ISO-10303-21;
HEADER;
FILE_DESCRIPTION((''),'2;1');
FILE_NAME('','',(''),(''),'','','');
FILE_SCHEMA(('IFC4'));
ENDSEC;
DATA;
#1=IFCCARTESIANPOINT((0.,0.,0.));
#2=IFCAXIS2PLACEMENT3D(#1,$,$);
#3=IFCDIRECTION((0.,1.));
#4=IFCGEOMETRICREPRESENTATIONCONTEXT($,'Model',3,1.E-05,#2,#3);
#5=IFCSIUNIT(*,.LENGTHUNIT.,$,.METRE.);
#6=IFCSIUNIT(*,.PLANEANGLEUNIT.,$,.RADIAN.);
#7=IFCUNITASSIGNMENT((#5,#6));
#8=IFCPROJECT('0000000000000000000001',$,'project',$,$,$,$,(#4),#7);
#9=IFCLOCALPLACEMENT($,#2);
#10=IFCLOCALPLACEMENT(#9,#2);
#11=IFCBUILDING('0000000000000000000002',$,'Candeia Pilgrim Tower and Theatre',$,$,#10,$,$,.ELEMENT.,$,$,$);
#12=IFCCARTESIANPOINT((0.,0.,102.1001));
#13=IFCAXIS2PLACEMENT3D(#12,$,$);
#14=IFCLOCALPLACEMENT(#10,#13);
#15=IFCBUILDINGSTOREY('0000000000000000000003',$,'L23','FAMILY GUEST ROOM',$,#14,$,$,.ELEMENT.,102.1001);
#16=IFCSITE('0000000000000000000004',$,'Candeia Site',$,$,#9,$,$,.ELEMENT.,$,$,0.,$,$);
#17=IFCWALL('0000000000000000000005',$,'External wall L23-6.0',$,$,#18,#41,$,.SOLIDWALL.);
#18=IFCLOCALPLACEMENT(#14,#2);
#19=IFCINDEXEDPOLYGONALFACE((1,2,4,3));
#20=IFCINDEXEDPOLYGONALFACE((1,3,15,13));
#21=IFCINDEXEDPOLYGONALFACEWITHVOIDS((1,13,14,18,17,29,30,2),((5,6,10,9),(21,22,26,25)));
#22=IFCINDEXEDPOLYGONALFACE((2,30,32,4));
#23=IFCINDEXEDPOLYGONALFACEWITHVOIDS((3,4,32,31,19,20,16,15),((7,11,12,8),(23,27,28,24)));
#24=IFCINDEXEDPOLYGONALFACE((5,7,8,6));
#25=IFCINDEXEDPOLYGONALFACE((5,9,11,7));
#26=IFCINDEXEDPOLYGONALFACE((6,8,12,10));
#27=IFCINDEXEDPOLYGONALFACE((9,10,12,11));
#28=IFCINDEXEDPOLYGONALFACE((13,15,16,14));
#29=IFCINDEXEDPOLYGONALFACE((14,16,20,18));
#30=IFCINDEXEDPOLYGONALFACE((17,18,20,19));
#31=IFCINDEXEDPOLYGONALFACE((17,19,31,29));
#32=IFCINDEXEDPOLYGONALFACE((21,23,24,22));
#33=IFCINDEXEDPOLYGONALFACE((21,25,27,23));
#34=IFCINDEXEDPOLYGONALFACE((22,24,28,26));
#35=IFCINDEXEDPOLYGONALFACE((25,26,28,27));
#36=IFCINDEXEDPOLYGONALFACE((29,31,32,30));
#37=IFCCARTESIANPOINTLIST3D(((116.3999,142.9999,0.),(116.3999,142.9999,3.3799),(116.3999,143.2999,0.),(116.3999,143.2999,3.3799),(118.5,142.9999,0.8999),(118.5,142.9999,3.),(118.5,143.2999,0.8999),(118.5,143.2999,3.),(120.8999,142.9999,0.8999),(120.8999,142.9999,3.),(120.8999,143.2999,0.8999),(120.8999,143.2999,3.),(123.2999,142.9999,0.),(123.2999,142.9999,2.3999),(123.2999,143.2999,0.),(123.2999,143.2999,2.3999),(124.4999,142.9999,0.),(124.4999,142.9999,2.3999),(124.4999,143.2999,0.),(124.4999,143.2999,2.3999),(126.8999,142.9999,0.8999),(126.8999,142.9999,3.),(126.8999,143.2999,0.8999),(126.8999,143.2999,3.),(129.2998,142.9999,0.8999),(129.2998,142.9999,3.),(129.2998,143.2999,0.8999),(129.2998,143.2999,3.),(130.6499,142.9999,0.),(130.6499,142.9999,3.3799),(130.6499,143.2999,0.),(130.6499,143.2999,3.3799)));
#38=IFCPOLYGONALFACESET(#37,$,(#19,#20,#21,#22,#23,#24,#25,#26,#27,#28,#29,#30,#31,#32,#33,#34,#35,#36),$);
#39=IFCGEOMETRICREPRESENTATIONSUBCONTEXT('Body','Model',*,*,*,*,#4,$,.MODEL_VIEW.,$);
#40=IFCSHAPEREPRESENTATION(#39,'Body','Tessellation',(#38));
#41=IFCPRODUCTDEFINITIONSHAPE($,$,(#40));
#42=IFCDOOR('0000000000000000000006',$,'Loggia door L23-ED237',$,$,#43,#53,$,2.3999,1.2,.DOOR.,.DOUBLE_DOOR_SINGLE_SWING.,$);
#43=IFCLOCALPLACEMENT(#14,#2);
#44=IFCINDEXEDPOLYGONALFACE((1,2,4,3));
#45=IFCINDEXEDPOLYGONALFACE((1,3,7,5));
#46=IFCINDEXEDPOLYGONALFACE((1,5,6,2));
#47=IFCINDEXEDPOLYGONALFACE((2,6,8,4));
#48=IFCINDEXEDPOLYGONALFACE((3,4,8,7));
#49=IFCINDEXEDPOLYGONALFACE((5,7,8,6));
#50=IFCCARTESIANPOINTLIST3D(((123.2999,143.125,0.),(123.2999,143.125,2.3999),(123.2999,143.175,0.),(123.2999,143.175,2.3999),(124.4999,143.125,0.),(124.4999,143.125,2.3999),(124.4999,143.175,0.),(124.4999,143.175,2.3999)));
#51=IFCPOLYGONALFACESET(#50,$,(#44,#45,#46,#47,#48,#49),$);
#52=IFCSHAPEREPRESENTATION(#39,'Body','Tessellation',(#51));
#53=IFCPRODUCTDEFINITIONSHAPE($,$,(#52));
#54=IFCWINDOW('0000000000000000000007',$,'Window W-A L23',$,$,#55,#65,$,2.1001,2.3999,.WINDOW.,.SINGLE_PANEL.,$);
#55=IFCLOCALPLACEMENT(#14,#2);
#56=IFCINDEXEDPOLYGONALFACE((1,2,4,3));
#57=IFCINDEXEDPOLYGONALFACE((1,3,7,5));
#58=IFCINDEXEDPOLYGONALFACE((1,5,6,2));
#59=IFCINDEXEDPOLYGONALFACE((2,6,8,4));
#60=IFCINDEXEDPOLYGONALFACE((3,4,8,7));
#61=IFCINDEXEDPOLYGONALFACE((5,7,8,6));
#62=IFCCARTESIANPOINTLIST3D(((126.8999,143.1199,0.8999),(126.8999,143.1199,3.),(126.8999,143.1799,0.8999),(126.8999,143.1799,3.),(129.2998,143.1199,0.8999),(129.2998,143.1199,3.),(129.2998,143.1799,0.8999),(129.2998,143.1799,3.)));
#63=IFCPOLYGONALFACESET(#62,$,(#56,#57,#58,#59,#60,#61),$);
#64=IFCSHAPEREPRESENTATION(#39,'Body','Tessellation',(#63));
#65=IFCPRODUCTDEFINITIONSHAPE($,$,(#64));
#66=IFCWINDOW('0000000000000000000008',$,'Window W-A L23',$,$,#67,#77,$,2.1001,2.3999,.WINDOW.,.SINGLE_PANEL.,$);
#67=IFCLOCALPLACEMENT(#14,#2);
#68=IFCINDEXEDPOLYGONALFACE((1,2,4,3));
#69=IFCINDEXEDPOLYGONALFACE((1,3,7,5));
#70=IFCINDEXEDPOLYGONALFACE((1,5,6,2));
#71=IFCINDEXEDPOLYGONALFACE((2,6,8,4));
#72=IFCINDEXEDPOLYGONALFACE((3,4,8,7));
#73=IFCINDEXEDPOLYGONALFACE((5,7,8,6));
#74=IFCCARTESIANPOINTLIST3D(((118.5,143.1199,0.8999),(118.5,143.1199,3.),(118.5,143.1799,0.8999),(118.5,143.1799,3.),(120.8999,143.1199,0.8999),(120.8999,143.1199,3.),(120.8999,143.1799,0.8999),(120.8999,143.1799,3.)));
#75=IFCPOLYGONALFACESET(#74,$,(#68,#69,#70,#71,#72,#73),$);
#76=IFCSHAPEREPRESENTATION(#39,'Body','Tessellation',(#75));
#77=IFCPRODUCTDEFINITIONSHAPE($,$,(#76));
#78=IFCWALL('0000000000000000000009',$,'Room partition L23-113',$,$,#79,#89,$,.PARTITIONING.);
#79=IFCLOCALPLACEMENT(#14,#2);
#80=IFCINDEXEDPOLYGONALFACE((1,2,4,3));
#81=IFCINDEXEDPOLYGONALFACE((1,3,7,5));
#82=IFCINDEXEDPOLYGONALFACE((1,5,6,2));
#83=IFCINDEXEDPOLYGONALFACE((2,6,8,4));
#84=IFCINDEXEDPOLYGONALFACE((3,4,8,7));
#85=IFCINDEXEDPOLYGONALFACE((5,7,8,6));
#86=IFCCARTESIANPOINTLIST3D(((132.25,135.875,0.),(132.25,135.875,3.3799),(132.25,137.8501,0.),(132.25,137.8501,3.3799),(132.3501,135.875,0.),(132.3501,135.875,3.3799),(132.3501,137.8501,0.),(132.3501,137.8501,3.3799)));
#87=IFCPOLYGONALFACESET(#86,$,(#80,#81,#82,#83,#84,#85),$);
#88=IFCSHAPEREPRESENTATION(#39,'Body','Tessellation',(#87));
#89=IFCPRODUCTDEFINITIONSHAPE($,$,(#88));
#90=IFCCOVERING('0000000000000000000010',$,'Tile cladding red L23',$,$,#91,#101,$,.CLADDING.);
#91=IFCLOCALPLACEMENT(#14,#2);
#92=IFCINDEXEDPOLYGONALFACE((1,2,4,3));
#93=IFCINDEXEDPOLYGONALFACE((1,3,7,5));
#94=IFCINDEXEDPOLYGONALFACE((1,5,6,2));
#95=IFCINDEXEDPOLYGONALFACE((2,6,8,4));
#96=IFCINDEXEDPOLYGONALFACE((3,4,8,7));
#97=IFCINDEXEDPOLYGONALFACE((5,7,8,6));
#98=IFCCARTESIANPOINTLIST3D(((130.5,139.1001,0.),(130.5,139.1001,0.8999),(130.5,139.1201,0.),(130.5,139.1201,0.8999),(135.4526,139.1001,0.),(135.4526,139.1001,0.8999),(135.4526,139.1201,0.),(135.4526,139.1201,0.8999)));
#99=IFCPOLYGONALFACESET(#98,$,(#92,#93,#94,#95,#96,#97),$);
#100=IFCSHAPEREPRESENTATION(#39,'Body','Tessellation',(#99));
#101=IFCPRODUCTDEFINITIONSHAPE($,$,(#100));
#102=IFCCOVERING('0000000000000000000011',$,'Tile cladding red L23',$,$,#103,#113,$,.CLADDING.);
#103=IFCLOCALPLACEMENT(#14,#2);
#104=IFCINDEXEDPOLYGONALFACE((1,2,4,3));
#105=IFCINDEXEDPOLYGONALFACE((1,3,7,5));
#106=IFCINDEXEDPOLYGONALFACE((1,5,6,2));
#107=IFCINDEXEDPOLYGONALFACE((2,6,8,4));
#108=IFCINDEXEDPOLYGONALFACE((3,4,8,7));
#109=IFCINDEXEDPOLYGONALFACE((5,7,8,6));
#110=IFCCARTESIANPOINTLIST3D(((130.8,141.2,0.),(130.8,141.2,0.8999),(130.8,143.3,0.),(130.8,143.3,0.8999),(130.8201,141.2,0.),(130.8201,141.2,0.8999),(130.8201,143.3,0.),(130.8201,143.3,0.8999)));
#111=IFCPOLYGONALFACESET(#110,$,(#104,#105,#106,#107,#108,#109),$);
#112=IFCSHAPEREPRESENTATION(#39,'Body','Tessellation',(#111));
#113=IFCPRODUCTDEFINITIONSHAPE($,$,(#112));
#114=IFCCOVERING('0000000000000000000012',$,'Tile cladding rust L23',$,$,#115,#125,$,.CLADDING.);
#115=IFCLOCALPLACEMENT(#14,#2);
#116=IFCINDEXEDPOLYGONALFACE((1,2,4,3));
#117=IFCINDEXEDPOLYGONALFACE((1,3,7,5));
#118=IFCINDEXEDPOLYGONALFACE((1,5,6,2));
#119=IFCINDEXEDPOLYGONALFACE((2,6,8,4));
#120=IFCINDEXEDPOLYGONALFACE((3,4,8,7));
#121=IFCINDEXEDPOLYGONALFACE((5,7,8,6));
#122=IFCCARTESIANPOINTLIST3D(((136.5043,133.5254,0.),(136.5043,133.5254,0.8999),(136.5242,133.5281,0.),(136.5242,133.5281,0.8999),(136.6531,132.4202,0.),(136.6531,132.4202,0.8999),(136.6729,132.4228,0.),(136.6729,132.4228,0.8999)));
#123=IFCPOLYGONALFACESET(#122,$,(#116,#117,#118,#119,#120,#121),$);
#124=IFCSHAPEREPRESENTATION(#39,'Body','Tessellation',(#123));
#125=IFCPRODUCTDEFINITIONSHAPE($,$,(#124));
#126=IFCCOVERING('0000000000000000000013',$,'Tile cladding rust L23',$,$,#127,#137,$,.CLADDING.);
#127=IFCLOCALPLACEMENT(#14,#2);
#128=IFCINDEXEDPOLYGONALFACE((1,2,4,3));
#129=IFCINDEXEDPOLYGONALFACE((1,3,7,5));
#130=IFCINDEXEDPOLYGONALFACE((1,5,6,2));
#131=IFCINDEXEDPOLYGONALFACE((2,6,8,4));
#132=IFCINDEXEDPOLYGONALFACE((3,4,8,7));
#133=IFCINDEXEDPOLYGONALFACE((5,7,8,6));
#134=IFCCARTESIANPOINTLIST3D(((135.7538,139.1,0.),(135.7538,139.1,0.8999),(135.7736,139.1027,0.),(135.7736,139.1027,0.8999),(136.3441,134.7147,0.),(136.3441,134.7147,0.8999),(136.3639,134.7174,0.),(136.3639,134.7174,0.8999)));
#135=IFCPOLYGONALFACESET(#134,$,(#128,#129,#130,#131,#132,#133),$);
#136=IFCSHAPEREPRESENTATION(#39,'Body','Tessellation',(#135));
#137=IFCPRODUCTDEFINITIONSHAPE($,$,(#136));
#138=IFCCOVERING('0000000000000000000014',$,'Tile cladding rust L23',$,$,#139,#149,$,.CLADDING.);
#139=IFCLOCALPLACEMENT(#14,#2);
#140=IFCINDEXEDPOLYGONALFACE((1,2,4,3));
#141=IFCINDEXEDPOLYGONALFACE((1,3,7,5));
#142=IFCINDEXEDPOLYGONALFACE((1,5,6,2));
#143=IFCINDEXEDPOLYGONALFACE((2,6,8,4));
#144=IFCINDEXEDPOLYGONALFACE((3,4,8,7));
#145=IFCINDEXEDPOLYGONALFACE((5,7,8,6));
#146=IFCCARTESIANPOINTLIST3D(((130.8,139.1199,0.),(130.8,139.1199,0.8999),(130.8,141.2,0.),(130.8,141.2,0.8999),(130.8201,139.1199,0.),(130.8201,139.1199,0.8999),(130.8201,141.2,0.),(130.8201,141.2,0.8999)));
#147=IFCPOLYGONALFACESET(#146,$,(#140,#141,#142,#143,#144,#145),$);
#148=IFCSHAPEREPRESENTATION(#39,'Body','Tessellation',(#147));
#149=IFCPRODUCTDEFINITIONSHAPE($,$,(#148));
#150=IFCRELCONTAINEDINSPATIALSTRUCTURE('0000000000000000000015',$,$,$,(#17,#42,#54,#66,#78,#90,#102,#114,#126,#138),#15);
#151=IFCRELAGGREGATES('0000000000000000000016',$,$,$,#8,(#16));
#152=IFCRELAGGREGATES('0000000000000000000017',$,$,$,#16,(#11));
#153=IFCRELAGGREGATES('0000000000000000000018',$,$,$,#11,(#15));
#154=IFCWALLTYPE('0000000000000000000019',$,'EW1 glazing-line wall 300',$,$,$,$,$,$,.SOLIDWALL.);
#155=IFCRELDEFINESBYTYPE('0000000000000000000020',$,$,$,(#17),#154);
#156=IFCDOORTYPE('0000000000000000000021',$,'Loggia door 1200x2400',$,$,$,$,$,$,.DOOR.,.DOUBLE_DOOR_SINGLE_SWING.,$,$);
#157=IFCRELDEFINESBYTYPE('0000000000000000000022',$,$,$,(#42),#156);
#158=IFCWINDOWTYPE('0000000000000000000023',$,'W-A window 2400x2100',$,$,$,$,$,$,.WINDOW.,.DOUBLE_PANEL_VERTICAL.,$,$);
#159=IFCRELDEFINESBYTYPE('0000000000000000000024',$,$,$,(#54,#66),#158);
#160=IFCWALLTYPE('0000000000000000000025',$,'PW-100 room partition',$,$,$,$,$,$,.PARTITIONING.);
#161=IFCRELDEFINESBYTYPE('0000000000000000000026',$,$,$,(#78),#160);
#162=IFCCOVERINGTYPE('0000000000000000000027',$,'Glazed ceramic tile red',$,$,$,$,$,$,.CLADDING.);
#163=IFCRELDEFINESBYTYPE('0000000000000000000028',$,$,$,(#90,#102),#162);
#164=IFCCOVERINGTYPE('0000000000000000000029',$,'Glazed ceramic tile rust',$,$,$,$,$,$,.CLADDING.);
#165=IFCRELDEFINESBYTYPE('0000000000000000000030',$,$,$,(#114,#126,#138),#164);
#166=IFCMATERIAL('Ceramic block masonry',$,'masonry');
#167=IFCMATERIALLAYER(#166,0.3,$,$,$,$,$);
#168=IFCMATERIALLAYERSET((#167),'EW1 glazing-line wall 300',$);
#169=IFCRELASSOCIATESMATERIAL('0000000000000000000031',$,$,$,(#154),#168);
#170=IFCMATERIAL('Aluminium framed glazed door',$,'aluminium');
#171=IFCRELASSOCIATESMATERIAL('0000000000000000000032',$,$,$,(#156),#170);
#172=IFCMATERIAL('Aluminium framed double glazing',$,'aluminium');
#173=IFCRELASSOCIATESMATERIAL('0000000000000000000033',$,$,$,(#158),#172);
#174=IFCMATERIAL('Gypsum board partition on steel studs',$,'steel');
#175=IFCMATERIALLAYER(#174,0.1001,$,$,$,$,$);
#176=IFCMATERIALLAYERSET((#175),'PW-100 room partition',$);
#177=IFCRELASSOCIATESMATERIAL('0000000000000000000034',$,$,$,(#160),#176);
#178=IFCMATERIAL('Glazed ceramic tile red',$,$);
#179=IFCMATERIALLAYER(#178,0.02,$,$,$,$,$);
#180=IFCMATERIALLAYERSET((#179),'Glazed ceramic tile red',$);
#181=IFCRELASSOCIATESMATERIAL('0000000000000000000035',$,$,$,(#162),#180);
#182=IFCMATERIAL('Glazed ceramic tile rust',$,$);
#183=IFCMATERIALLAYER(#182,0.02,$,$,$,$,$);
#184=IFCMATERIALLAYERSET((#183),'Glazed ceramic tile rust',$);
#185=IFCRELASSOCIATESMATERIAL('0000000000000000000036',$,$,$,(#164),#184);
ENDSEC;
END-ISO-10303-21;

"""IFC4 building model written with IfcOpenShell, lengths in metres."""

from ifc_helpers import new_model, si_unit, direction, frame, frame_2d, origin, origin_2d, place, context, subcontext, project, spatial, rectangle, extrude, material, layer, layer_set, type_object, element, fill, save


model = new_model("IFC4")

# Units and contexts
model_context = context("Model", 3, precision=1e-05, world=origin(), true_north=direction((0.0, 1.0)))
body_context = subcontext(model_context, "Body", "Model", "MODEL_VIEW")
ifc_project = project(units=[si_unit("LENGTHUNIT", "METRE"), si_unit("PLANEANGLEUNIT", "RADIAN")], contexts=[model_context])

# Site, building, storey
site_placement = place(None, origin())
site = spatial("IfcSite", under=ifc_project, at=site_placement, Name="Candeia Site", CompositionType="ELEMENT", RefElevation=0.0)
building_placement = place(site_placement, origin())
building = spatial("IfcBuilding", under=site, at=building_placement, Name="Candeia Pilgrim Tower and Theatre", CompositionType="ELEMENT")
storey_placement = place(building_placement, frame((0.0, 0.0, 102.1001)))
storey = spatial("IfcBuildingStorey", under=building, at=storey_placement, Name="L23", Description="FAMILY GUEST ROOM", CompositionType="ELEMENT", Elevation=102.1001)

# Shared definitions
ifc_material_1 = material(Name="Ceramic block masonry", Category="masonry")
ifc_layer_1 = layer(ifc_material_1, 0.3)
ifc_layer_set_1 = layer_set([ifc_layer_1], Name="EW1 glazing-line wall 300")
wall_type_1 = type_object("IfcWallType", Name="EW1 glazing-line wall 300", PredefinedType="SOLIDWALL", material=ifc_layer_set_1)
ifc_material_2 = material(Name="Aluminium framed glazed door", Category="aluminium")
door_type = type_object("IfcDoorType", Name="Loggia door 1200x2400", OperationType="DOUBLE_DOOR_SINGLE_SWING", PredefinedType="DOOR", material=ifc_material_2)
ifc_material_3 = material(Name="Aluminium framed double glazing", Category="aluminium")
window_type = type_object("IfcWindowType", Name="W-A window 2400x2100", PartitioningType="DOUBLE_PANEL_VERTICAL", PredefinedType="WINDOW", material=ifc_material_3)

# Wall, openings, door, windows
wall_1_placement = place(storey_placement, frame((130.6499, 143.1499, 0.0), z_axis=(0.0, 0.0, 1.0), x_axis=(-1.0, 0.0, 0.0)))
wall_1 = element("IfcWall", 1, at=wall_1_placement, inside=storey, type_object=wall_type_1, Name="External wall L23-6.0", PredefinedType="SOLIDWALL", context=body_context, shape_type="SweptSolid", body=[
    extrude(rectangle(XDim=14.25, YDim=0.3, at=frame_2d((7.125, 0.0))), origin(), (0.0, 0.0, 1.0), 3.3799),
])
opening_1_placement = place(wall_1_placement, frame((1.3501, 0.0, 0.8999)))
opening_1 = element("IfcOpeningElement", 2, at=opening_1_placement, cuts=wall_1, PredefinedType="OPENING", context=body_context, shape_type="SweptSolid", body=[
    extrude(rectangle(XDim=2.3999, YDim=2.1001, at=frame_2d((1.2, 1.05))), frame((0.0, 0.1602, 0.0), z_axis=(0.0, -1.0, 0.0), x_axis=(1.0, 0.0, 0.0)), (0.0, 0.0, 1.0), 0.3201),
])
opening_2_placement = place(wall_1_placement, frame((6.1499, 0.0, 0.0)))
opening_2 = element("IfcOpeningElement", 3, at=opening_2_placement, cuts=wall_1, PredefinedType="OPENING", context=body_context, shape_type="SweptSolid", body=[
    extrude(rectangle(XDim=1.2, YDim=2.3999, at=frame_2d((0.6001, 1.2))), frame((0.0, 0.1602, 0.0), z_axis=(0.0, -1.0, 0.0), x_axis=(1.0, 0.0, 0.0)), (0.0, 0.0, 1.0), 0.3201),
])
opening_3_placement = place(wall_1_placement, frame((9.75, 0.0, 0.8999)))
opening_3 = element("IfcOpeningElement", 4, at=opening_3_placement, cuts=wall_1, PredefinedType="OPENING", context=body_context, shape_type="SweptSolid", body=[
    extrude(rectangle(XDim=2.3999, YDim=2.1001, at=frame_2d((1.2, 1.05))), frame((0.0, 0.1602, 0.0), z_axis=(0.0, -1.0, 0.0), x_axis=(1.0, 0.0, 0.0)), (0.0, 0.0, 1.0), 0.3201),
])
door_1_placement = place(opening_2_placement, origin())
door_1 = element("IfcDoor", 5, at=door_1_placement, inside=storey, type_object=door_type, Name="Loggia door L23-ED237", OperationType="DOUBLE_DOOR_SINGLE_SWING", OverallHeight=2.3999, OverallWidth=1.2, PredefinedType="DOOR", context=body_context, shape_type="SweptSolid", body=[
    extrude(rectangle(XDim=1.2, YDim=2.3999, at=frame_2d((0.6001, 1.2))), frame((0.0, 0.0249, 0.0), z_axis=(0.0, -1.0, 0.0), x_axis=(1.0, 0.0, 0.0)), (0.0, 0.0, 1.0), 0.05),
])
fill(opening_2, door_1)
window_1_placement = place(opening_1_placement, origin())
window_1 = element("IfcWindow", 6, at=window_1_placement, inside=storey, type_object=window_type, Name="Window W-A L23", OverallHeight=2.1001, OverallWidth=2.3999, PartitioningType="SINGLE_PANEL", PredefinedType="WINDOW", context=body_context, shape_type="SweptSolid", body=[
    extrude(rectangle(XDim=2.3999, YDim=2.1001, at=frame_2d((1.2, 1.05))), frame((0.0, 0.03, 0.0), z_axis=(0.0, -1.0, 0.0), x_axis=(1.0, 0.0, 0.0)), (0.0, 0.0, 1.0), 0.0601),
])
fill(opening_1, window_1)
window_2_placement = place(opening_3_placement, origin())
window_2 = element("IfcWindow", 7, at=window_2_placement, inside=storey, type_object=window_type, Name="Window W-A L23", OverallHeight=2.1001, OverallWidth=2.3999, PartitioningType="SINGLE_PANEL", PredefinedType="WINDOW", context=body_context, shape_type="SweptSolid", body=[
    extrude(rectangle(XDim=2.3999, YDim=2.1001, at=frame_2d((1.2, 1.05))), frame((0.0, 0.03, 0.0), z_axis=(0.0, -1.0, 0.0), x_axis=(1.0, 0.0, 0.0)), (0.0, 0.0, 1.0), 0.0601),
])
fill(opening_3, window_2)

# Wall
ifc_material_4 = material(Name="Gypsum board partition on steel studs", Category="steel")
ifc_layer_2 = layer(ifc_material_4, 0.1001)
ifc_layer_set_2 = layer_set([ifc_layer_2], Name="PW-100 room partition")
wall_type_2 = type_object("IfcWallType", Name="PW-100 room partition", PredefinedType="PARTITIONING", material=ifc_layer_set_2)
wall_2_placement = place(storey_placement, frame((132.3, 135.875, 0.0), z_axis=(0.0, 0.0, 1.0), x_axis=(0.0, 1.0, 0.0)))
element("IfcWall", 8, at=wall_2_placement, inside=storey, type_object=wall_type_2, Name="Room partition L23-113", PredefinedType="PARTITIONING", context=body_context, shape_type="SweptSolid", body=[
    extrude(rectangle(XDim=1.9751, YDim=0.1001, at=frame_2d((0.9875, 0.0))), origin(), (0.0, 0.0, 1.0), 3.3799),
])

# Coverings
ifc_material_5 = material(Name="Glazed ceramic tile red")
ifc_layer_3 = layer(ifc_material_5, 0.02)
ifc_layer_set_3 = layer_set([ifc_layer_3], Name="Glazed ceramic tile red")
covering_type_1 = type_object("IfcCoveringType", Name="Glazed ceramic tile red", PredefinedType="CLADDING", material=ifc_layer_set_3)
covering_1_placement = place(storey_placement, frame((132.9763, 139.1101, 0.0), z_axis=(0.0, 0.0, 1.0), x_axis=(-1.0, 0.0, 0.0)))
element("IfcCovering", 9, at=covering_1_placement, inside=storey, type_object=covering_type_1, Name="Tile cladding red L23", PredefinedType="CLADDING", context=body_context, shape_type="SweptSolid", body=[
    extrude(rectangle(XDim=4.9526, YDim=0.02, at=origin_2d()), origin(), (0.0, 0.0, 1.0), 0.8999),
])
covering_2_placement = place(storey_placement, frame((130.8101, 142.25, 0.0), z_axis=(0.0, 0.0, 1.0), x_axis=(0.0, 1.0, 0.0)))
element("IfcCovering", 10, at=covering_2_placement, inside=storey, type_object=covering_type_1, Name="Tile cladding red L23", PredefinedType="CLADDING", context=body_context, shape_type="SweptSolid", body=[
    extrude(rectangle(XDim=2.1001, YDim=0.02, at=origin_2d()), origin(), (0.0, 0.0, 1.0), 0.8999),
])
ifc_material_6 = material(Name="Glazed ceramic tile rust")
ifc_layer_4 = layer(ifc_material_6, 0.02)
ifc_layer_set_4 = layer_set([ifc_layer_4], Name="Glazed ceramic tile rust")
covering_type_2 = type_object("IfcCoveringType", Name="Glazed ceramic tile rust", PredefinedType="CLADDING", material=ifc_layer_set_4)
covering_3_placement = place(storey_placement, frame((136.5886, 132.9741, 0.0), z_axis=(0.0, 0.0, 1.0), x_axis=(-0.133412, 0.991061, 0.0)))
element("IfcCovering", 11, at=covering_3_placement, inside=storey, type_object=covering_type_2, Name="Tile cladding rust L23", PredefinedType="CLADDING", context=body_context, shape_type="SweptSolid", body=[
    extrude(rectangle(XDim=1.1152, YDim=0.02, at=origin_2d()), origin(), (0.0, 0.0, 1.0), 0.8999),
])
covering_4_placement = place(storey_placement, frame((136.0588, 136.9087, 0.0), z_axis=(0.0, 0.0, 1.0), x_axis=(-0.133412, 0.991061, 0.0)))
element("IfcCovering", 12, at=covering_4_placement, inside=storey, type_object=covering_type_2, Name="Tile cladding rust L23", PredefinedType="CLADDING", context=body_context, shape_type="SweptSolid", body=[
    extrude(rectangle(XDim=4.4248, YDim=0.02, at=origin_2d()), origin(), (0.0, 0.0, 1.0), 0.8999),
])
covering_5_placement = place(storey_placement, frame((130.8101, 140.1599, 0.0), z_axis=(0.0, 0.0, 1.0), x_axis=(0.0, 1.0, 0.0)))
element("IfcCovering", 13, at=covering_5_placement, inside=storey, type_object=covering_type_2, Name="Tile cladding rust L23", PredefinedType="CLADDING", context=body_context, shape_type="SweptSolid", body=[
    extrude(rectangle(XDim=2.0801, YDim=0.02, at=origin_2d()), origin(), (0.0, 0.0, 1.0), 0.8999),
])

save(model, "model.ifc")
